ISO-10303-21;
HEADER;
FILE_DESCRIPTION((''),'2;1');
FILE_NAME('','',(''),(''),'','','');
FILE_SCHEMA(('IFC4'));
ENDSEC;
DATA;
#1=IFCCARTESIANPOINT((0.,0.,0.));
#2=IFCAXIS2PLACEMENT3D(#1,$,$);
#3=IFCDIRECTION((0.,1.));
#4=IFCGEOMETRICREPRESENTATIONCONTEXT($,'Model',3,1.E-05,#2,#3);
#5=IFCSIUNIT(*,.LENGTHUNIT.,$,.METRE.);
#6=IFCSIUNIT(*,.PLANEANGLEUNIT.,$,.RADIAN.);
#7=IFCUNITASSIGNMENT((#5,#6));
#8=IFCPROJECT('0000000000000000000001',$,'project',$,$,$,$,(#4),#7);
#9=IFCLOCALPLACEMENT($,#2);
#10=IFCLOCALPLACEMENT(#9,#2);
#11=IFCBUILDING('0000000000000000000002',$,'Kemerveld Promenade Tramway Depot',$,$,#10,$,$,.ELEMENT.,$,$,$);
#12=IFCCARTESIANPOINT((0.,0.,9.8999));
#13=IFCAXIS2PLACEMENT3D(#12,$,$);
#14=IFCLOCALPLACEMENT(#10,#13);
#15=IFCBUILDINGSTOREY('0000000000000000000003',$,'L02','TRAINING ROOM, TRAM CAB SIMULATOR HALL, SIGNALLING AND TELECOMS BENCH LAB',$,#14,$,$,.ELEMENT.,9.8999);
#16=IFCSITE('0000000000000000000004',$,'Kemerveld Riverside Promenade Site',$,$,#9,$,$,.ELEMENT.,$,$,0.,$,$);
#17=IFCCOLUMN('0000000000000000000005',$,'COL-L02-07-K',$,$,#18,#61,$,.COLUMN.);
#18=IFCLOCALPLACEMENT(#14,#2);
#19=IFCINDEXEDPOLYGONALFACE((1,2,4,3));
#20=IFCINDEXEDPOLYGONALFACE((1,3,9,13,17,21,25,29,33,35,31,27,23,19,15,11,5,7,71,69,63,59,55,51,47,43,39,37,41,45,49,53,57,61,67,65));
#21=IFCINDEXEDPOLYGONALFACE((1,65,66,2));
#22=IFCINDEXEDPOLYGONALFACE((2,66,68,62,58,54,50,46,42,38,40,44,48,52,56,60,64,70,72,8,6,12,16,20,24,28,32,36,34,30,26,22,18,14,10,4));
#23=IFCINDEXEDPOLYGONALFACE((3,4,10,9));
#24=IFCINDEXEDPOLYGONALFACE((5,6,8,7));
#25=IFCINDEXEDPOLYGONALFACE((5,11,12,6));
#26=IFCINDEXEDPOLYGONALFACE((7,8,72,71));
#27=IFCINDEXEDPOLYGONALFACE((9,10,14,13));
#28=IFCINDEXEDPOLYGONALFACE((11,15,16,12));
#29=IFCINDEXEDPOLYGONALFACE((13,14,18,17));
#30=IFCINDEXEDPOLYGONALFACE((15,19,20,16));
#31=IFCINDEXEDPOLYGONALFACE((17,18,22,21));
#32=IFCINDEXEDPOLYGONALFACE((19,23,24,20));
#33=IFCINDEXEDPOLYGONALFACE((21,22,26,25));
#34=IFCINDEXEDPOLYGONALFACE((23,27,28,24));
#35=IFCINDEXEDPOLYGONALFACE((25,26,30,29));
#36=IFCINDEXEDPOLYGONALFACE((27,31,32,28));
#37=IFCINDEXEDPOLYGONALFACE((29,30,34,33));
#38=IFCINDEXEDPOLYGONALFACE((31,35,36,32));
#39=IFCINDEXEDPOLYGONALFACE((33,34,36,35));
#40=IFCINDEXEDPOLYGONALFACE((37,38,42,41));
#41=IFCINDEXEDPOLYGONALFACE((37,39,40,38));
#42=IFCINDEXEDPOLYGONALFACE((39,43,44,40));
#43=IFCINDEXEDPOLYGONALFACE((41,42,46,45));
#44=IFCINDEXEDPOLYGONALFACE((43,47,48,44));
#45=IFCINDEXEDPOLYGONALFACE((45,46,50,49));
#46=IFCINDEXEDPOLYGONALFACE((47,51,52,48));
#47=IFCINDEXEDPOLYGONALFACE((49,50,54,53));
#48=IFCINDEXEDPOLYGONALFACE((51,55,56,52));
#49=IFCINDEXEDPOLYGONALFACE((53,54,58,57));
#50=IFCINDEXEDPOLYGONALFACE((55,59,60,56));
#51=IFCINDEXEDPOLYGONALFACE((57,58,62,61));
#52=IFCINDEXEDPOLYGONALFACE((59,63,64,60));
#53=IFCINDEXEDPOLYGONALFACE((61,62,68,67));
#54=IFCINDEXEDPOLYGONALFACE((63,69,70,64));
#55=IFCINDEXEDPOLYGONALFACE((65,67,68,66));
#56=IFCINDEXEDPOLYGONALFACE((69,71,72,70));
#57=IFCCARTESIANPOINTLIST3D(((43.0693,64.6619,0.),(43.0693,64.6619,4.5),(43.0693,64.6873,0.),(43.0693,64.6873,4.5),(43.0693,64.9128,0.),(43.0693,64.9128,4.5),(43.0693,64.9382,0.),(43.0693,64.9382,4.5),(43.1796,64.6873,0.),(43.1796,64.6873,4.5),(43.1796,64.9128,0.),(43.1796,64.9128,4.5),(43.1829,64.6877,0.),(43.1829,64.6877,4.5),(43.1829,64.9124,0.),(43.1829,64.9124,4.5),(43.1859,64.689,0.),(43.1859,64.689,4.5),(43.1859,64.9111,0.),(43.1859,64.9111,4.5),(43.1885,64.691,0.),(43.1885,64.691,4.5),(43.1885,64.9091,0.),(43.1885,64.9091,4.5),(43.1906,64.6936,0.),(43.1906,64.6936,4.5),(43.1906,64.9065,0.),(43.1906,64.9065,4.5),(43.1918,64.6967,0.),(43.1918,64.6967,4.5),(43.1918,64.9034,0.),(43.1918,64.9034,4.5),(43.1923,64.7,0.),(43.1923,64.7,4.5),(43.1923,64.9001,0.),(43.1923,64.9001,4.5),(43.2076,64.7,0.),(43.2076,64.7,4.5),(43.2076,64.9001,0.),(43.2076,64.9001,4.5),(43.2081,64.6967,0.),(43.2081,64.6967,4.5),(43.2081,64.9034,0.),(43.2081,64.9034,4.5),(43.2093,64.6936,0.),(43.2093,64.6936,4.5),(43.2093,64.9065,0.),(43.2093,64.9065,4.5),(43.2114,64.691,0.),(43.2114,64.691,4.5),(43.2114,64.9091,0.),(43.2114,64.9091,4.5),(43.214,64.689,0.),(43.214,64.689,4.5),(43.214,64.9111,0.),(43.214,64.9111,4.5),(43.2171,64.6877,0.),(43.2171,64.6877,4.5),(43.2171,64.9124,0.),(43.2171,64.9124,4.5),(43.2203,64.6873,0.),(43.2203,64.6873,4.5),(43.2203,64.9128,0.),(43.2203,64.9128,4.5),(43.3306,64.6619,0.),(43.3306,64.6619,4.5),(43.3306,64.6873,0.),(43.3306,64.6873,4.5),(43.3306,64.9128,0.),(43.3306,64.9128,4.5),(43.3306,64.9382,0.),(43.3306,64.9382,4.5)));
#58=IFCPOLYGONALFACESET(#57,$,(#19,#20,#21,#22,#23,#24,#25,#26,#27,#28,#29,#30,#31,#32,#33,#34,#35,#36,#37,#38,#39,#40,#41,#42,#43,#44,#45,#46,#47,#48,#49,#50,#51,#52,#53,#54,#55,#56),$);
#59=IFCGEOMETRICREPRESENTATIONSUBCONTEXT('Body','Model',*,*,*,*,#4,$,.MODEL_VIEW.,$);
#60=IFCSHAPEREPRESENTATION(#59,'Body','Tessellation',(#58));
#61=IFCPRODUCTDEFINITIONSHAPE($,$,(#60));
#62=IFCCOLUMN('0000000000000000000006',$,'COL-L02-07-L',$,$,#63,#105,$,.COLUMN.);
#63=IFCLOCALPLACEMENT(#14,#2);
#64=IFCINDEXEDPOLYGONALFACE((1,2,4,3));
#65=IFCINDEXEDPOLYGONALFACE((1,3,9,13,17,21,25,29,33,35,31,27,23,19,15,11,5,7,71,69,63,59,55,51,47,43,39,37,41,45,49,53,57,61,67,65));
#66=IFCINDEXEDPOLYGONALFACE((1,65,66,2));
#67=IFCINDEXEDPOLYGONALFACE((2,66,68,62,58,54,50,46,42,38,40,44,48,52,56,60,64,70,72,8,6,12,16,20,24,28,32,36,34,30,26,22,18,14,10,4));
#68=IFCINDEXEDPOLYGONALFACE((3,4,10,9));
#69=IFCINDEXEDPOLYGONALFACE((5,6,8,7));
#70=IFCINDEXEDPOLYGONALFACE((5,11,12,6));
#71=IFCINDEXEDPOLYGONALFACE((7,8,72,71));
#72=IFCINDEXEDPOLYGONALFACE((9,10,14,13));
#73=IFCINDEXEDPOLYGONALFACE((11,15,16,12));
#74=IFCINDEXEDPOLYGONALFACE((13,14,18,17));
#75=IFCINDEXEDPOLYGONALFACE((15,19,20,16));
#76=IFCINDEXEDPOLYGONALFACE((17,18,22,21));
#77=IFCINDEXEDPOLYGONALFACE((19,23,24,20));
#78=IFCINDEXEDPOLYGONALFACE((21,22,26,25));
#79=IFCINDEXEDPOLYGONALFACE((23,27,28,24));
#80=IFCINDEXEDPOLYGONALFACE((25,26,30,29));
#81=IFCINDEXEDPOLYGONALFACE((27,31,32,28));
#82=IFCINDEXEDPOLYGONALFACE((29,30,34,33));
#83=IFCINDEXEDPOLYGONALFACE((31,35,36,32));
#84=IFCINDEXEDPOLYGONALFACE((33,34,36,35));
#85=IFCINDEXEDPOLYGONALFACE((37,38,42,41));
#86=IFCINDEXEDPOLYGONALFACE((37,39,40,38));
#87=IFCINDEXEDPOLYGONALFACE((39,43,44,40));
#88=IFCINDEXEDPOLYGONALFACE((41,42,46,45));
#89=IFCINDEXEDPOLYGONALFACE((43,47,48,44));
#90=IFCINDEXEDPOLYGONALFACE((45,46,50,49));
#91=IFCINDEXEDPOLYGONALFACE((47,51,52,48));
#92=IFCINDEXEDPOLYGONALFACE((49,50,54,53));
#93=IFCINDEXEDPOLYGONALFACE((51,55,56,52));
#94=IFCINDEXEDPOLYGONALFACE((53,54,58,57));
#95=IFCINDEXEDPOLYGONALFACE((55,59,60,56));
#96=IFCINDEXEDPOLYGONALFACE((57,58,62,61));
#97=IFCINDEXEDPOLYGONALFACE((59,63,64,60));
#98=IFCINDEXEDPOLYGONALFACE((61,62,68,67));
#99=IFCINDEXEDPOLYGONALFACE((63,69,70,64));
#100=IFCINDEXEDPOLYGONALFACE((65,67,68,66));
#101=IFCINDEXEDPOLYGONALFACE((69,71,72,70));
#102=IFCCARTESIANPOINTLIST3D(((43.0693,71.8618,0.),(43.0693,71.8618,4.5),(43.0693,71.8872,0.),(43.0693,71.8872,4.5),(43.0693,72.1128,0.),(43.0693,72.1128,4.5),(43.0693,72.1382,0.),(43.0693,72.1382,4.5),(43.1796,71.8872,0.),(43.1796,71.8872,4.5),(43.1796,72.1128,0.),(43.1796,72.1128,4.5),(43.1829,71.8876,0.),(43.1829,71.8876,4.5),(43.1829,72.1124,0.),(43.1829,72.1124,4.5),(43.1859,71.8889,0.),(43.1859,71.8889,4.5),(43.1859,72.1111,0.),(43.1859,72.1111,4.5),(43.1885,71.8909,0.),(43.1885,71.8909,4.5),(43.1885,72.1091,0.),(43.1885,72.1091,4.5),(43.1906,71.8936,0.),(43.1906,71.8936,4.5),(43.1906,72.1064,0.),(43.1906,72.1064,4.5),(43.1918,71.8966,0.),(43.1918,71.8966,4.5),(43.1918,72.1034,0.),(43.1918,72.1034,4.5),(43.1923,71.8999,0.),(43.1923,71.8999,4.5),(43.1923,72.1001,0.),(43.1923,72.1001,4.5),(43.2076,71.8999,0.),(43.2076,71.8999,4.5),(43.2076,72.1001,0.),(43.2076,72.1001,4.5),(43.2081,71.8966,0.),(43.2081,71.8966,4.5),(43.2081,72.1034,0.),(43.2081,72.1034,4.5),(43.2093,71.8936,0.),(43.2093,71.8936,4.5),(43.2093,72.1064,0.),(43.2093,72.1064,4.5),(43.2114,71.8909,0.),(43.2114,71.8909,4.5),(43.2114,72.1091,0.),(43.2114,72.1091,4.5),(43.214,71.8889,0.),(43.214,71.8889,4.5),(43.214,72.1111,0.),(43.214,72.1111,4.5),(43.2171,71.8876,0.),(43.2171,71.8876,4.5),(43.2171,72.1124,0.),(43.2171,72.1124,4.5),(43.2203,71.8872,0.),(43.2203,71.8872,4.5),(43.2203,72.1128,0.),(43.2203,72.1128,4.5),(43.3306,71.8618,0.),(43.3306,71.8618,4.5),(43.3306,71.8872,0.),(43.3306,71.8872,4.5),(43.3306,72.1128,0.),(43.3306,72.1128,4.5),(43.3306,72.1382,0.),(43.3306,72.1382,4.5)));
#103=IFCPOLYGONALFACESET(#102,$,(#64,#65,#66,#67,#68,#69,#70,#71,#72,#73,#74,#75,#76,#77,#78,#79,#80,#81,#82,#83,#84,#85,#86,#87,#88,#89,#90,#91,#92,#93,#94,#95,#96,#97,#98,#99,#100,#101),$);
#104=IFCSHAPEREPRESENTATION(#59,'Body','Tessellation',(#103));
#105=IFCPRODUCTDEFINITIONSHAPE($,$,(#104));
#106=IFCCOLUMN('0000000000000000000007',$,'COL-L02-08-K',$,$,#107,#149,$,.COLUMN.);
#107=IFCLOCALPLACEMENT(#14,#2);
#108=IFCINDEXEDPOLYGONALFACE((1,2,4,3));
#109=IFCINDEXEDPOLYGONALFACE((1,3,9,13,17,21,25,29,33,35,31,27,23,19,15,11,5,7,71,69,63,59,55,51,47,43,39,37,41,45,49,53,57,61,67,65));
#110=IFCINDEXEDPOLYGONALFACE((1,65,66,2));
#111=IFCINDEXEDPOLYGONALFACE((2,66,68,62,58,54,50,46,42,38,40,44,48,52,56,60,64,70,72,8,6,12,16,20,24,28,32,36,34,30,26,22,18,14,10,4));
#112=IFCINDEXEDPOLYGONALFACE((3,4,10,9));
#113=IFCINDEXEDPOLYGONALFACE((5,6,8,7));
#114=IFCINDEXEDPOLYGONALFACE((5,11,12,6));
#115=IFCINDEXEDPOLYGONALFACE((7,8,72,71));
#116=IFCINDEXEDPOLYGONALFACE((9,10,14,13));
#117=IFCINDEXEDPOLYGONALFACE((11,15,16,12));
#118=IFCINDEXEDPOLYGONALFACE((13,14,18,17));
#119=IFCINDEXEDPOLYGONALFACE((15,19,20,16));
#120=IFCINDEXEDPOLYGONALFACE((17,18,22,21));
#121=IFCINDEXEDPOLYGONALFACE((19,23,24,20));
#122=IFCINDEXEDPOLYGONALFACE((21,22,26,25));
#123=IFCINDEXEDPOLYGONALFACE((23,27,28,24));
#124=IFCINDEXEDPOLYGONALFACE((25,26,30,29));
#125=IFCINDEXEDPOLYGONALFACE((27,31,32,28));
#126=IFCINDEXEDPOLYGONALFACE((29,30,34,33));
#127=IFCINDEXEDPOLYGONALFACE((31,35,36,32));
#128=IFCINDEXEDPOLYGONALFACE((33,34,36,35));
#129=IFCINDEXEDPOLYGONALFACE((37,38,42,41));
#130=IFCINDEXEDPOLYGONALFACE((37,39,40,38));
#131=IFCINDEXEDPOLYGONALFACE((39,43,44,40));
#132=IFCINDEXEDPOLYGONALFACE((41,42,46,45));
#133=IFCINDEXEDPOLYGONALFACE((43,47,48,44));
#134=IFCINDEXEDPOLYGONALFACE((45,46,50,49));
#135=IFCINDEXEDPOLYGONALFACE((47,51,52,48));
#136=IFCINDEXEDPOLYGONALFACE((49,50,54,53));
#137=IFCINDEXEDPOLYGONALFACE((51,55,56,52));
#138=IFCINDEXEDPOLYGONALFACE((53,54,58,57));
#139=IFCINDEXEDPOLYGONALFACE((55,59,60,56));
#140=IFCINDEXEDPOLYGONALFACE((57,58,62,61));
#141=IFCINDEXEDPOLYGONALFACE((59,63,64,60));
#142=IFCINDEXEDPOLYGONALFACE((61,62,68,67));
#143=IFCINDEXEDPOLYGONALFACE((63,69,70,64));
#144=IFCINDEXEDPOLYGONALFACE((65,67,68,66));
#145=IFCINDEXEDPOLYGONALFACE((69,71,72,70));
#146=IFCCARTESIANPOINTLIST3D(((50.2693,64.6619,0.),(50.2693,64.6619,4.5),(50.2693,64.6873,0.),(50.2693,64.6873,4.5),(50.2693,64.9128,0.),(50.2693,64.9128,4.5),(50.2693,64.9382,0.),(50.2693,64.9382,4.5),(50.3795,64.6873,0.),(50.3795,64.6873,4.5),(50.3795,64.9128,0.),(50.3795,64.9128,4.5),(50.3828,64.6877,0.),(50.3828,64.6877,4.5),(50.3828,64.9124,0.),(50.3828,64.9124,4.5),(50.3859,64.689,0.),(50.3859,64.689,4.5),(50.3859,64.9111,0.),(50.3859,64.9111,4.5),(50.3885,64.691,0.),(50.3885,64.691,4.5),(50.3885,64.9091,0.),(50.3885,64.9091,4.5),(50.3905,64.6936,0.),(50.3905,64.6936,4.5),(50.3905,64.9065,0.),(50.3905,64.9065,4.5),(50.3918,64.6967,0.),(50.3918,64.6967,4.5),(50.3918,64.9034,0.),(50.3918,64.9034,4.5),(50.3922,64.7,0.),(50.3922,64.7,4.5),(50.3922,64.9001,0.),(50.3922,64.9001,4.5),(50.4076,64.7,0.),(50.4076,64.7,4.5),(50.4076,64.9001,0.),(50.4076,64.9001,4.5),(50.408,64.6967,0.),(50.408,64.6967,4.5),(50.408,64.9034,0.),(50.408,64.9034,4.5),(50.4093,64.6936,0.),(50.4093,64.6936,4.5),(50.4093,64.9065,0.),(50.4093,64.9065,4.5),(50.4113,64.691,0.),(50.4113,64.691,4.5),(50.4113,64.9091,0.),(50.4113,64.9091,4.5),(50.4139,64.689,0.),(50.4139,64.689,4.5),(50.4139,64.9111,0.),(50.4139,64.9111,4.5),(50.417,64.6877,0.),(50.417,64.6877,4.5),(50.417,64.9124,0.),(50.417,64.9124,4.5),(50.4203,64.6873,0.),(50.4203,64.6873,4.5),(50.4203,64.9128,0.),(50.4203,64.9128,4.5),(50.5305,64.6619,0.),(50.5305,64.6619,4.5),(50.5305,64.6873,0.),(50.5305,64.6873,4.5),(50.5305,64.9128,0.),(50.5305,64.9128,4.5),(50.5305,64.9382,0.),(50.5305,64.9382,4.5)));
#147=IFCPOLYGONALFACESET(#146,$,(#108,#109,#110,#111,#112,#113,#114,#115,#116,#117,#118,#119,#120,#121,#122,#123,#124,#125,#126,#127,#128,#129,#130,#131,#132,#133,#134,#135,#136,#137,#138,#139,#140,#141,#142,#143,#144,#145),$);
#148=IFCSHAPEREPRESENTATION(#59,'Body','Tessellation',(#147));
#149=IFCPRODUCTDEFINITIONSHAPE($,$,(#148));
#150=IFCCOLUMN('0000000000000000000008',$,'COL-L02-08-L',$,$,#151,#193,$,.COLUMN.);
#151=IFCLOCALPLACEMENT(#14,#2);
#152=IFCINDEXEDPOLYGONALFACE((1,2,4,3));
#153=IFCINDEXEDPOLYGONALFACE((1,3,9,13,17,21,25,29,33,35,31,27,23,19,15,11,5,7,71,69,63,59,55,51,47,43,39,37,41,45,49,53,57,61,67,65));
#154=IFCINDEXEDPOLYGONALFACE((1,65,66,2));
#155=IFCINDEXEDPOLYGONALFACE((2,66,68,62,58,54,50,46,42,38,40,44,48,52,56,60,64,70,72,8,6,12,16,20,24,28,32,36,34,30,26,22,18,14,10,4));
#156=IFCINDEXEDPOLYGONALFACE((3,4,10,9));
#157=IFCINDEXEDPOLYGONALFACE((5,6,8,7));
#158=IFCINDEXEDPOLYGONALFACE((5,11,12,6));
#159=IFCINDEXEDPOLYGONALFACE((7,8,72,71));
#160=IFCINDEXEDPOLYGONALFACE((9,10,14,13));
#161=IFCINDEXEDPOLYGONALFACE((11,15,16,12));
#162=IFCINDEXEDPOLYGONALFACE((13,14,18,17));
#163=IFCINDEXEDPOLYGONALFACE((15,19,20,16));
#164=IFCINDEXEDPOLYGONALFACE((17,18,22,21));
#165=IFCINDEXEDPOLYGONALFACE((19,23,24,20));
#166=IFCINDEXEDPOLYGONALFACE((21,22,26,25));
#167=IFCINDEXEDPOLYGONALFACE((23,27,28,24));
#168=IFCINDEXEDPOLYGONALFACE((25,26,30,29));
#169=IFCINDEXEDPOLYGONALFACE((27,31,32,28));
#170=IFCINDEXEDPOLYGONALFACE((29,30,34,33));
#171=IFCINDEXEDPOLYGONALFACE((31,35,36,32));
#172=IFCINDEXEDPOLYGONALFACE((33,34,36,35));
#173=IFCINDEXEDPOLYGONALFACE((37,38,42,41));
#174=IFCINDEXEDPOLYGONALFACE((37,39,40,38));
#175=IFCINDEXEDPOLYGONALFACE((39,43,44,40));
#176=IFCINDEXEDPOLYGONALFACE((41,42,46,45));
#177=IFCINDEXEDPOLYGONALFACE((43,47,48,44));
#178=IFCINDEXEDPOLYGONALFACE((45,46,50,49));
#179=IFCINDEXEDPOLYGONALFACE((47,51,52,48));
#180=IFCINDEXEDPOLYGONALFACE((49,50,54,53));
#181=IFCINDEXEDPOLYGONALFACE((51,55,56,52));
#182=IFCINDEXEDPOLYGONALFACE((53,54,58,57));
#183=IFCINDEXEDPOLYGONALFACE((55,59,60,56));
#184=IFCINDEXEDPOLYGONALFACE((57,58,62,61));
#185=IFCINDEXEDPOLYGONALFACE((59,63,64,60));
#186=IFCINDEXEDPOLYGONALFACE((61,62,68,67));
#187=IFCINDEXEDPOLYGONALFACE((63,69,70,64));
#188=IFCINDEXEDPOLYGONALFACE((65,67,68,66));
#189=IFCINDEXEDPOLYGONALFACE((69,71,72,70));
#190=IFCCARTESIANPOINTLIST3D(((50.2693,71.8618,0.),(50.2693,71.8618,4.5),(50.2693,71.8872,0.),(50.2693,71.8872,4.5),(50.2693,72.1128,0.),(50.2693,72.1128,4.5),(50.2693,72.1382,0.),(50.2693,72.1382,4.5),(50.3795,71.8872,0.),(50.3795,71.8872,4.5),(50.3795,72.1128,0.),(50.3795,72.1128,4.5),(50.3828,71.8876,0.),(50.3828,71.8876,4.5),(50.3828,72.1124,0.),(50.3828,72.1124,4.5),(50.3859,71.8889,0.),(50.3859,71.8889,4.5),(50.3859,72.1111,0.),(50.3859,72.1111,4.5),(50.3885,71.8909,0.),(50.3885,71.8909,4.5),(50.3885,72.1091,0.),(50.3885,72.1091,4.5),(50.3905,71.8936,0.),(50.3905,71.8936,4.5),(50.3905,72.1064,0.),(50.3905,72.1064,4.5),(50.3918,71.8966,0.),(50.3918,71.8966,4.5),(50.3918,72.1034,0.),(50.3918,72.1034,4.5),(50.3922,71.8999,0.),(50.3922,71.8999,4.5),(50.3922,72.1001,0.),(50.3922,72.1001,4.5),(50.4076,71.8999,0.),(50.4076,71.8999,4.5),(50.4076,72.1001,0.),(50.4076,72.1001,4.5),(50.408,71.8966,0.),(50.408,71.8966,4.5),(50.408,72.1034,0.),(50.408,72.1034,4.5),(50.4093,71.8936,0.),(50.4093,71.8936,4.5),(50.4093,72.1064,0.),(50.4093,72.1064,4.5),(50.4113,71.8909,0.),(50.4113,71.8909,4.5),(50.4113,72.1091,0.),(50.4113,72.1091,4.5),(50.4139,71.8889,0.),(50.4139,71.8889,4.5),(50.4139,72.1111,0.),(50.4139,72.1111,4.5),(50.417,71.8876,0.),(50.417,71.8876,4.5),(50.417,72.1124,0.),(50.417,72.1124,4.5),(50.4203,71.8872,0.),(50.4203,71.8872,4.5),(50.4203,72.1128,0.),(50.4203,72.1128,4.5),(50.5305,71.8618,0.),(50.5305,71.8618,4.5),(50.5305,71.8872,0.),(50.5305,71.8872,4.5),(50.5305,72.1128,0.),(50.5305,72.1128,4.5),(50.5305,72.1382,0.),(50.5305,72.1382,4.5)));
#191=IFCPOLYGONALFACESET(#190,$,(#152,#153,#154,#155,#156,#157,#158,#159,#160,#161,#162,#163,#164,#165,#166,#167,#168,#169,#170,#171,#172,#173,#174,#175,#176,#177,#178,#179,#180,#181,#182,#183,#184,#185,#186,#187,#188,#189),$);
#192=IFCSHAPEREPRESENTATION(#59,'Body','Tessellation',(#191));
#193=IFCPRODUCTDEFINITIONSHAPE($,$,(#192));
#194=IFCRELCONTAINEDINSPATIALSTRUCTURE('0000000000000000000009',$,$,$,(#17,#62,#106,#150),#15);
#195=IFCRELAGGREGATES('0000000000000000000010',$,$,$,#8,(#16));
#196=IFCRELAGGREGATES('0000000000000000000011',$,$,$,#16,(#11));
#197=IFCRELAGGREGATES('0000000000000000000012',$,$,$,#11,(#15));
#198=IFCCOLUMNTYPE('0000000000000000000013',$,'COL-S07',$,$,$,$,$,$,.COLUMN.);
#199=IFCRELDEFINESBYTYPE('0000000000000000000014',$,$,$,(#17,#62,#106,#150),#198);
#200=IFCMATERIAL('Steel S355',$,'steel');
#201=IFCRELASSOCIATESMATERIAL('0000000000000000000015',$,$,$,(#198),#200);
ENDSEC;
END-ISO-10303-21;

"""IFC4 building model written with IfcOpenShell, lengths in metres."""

from ifc_helpers import new_model, si_unit, direction, frame, origin, origin_2d, place, context, subcontext, project, spatial, i_section, extrude, material, material_profile, profile_set, type_object, element, save


model = new_model("IFC4")

# Units and contexts
model_context = context("Model", 3, precision=1e-05, world=origin(), true_north=direction((0.0, 1.0)))
body_context = subcontext(model_context, "Body", "Model", "MODEL_VIEW")
ifc_project = project(units=[si_unit("LENGTHUNIT", "METRE"), si_unit("PLANEANGLEUNIT", "RADIAN")], contexts=[model_context])

# Site, building, storey
site_placement = place(None, origin())
site = spatial("IfcSite", under=ifc_project, at=site_placement, Name="Kemerveld Riverside Promenade Site", CompositionType="ELEMENT", RefElevation=0.0)
building_placement = place(site_placement, origin())
building = spatial("IfcBuilding", under=site, at=building_placement, Name="Kemerveld Promenade Tramway Depot", CompositionType="ELEMENT")
storey_placement = place(building_placement, frame((0.0, 0.0, 9.8999)))
storey = spatial("IfcBuildingStorey", under=building, at=storey_placement, Name="L02", Description="TRAINING ROOM, TRAM CAB SIMULATOR HALL, SIGNALLING AND TELECOMS BENCH LAB", CompositionType="ELEMENT", Elevation=9.8999)

# Columns
ifc_material_1 = material(Name="Steel S355", Category="steel")
ifc_material_profile_1 = material_profile(ifc_material_1, i_section(OverallWidth=0.2612, OverallDepth=0.2764, WebThickness=0.0154, FlangeThickness=0.0254, FilletRadius=0.0127, at=origin_2d()), Name="254x254x132 UC")
ifc_profile_set_1 = profile_set([ifc_material_profile_1], Name="Steel S355")
column_type = type_object("IfcColumnType", Name="COL-S07", PredefinedType="COLUMN", material=ifc_profile_set_1)
for number, where, z_axis, x_axis, name in (
    (1, (43.2, 64.8, 0.0), (0.0, 0.0, 1.0), (1.0, 0.0, 0.0), "COL-L02-07-K"),
    (2, (43.2, 72.0, 0.0), (0.0, 0.0, 1.0), (1.0, 0.0, 0.0), "COL-L02-07-L"),
    (3, (50.3999, 64.8, 0.0), (0.0, 0.0, 1.0), (1.0, 0.0, 0.0), "COL-L02-08-K"),
    (4, (50.3999, 72.0, 0.0), (0.0, 0.0, 1.0), (1.0, 0.0, 0.0), "COL-L02-08-L"),
):
    element("IfcColumn", number, at=place(storey_placement, frame(where, z_axis=z_axis, x_axis=x_axis)), inside=storey, type_object=column_type, Name=name, PredefinedType="COLUMN", context=body_context, shape_type="SweptSolid", body=[
        extrude(i_section(OverallWidth=0.2612, OverallDepth=0.2764, WebThickness=0.0154, FlangeThickness=0.0254, FilletRadius=0.0127, at=origin_2d()), origin(), (0.0, 0.0, 1.0), 4.5),
    ])

save(model, "model.ifc")
